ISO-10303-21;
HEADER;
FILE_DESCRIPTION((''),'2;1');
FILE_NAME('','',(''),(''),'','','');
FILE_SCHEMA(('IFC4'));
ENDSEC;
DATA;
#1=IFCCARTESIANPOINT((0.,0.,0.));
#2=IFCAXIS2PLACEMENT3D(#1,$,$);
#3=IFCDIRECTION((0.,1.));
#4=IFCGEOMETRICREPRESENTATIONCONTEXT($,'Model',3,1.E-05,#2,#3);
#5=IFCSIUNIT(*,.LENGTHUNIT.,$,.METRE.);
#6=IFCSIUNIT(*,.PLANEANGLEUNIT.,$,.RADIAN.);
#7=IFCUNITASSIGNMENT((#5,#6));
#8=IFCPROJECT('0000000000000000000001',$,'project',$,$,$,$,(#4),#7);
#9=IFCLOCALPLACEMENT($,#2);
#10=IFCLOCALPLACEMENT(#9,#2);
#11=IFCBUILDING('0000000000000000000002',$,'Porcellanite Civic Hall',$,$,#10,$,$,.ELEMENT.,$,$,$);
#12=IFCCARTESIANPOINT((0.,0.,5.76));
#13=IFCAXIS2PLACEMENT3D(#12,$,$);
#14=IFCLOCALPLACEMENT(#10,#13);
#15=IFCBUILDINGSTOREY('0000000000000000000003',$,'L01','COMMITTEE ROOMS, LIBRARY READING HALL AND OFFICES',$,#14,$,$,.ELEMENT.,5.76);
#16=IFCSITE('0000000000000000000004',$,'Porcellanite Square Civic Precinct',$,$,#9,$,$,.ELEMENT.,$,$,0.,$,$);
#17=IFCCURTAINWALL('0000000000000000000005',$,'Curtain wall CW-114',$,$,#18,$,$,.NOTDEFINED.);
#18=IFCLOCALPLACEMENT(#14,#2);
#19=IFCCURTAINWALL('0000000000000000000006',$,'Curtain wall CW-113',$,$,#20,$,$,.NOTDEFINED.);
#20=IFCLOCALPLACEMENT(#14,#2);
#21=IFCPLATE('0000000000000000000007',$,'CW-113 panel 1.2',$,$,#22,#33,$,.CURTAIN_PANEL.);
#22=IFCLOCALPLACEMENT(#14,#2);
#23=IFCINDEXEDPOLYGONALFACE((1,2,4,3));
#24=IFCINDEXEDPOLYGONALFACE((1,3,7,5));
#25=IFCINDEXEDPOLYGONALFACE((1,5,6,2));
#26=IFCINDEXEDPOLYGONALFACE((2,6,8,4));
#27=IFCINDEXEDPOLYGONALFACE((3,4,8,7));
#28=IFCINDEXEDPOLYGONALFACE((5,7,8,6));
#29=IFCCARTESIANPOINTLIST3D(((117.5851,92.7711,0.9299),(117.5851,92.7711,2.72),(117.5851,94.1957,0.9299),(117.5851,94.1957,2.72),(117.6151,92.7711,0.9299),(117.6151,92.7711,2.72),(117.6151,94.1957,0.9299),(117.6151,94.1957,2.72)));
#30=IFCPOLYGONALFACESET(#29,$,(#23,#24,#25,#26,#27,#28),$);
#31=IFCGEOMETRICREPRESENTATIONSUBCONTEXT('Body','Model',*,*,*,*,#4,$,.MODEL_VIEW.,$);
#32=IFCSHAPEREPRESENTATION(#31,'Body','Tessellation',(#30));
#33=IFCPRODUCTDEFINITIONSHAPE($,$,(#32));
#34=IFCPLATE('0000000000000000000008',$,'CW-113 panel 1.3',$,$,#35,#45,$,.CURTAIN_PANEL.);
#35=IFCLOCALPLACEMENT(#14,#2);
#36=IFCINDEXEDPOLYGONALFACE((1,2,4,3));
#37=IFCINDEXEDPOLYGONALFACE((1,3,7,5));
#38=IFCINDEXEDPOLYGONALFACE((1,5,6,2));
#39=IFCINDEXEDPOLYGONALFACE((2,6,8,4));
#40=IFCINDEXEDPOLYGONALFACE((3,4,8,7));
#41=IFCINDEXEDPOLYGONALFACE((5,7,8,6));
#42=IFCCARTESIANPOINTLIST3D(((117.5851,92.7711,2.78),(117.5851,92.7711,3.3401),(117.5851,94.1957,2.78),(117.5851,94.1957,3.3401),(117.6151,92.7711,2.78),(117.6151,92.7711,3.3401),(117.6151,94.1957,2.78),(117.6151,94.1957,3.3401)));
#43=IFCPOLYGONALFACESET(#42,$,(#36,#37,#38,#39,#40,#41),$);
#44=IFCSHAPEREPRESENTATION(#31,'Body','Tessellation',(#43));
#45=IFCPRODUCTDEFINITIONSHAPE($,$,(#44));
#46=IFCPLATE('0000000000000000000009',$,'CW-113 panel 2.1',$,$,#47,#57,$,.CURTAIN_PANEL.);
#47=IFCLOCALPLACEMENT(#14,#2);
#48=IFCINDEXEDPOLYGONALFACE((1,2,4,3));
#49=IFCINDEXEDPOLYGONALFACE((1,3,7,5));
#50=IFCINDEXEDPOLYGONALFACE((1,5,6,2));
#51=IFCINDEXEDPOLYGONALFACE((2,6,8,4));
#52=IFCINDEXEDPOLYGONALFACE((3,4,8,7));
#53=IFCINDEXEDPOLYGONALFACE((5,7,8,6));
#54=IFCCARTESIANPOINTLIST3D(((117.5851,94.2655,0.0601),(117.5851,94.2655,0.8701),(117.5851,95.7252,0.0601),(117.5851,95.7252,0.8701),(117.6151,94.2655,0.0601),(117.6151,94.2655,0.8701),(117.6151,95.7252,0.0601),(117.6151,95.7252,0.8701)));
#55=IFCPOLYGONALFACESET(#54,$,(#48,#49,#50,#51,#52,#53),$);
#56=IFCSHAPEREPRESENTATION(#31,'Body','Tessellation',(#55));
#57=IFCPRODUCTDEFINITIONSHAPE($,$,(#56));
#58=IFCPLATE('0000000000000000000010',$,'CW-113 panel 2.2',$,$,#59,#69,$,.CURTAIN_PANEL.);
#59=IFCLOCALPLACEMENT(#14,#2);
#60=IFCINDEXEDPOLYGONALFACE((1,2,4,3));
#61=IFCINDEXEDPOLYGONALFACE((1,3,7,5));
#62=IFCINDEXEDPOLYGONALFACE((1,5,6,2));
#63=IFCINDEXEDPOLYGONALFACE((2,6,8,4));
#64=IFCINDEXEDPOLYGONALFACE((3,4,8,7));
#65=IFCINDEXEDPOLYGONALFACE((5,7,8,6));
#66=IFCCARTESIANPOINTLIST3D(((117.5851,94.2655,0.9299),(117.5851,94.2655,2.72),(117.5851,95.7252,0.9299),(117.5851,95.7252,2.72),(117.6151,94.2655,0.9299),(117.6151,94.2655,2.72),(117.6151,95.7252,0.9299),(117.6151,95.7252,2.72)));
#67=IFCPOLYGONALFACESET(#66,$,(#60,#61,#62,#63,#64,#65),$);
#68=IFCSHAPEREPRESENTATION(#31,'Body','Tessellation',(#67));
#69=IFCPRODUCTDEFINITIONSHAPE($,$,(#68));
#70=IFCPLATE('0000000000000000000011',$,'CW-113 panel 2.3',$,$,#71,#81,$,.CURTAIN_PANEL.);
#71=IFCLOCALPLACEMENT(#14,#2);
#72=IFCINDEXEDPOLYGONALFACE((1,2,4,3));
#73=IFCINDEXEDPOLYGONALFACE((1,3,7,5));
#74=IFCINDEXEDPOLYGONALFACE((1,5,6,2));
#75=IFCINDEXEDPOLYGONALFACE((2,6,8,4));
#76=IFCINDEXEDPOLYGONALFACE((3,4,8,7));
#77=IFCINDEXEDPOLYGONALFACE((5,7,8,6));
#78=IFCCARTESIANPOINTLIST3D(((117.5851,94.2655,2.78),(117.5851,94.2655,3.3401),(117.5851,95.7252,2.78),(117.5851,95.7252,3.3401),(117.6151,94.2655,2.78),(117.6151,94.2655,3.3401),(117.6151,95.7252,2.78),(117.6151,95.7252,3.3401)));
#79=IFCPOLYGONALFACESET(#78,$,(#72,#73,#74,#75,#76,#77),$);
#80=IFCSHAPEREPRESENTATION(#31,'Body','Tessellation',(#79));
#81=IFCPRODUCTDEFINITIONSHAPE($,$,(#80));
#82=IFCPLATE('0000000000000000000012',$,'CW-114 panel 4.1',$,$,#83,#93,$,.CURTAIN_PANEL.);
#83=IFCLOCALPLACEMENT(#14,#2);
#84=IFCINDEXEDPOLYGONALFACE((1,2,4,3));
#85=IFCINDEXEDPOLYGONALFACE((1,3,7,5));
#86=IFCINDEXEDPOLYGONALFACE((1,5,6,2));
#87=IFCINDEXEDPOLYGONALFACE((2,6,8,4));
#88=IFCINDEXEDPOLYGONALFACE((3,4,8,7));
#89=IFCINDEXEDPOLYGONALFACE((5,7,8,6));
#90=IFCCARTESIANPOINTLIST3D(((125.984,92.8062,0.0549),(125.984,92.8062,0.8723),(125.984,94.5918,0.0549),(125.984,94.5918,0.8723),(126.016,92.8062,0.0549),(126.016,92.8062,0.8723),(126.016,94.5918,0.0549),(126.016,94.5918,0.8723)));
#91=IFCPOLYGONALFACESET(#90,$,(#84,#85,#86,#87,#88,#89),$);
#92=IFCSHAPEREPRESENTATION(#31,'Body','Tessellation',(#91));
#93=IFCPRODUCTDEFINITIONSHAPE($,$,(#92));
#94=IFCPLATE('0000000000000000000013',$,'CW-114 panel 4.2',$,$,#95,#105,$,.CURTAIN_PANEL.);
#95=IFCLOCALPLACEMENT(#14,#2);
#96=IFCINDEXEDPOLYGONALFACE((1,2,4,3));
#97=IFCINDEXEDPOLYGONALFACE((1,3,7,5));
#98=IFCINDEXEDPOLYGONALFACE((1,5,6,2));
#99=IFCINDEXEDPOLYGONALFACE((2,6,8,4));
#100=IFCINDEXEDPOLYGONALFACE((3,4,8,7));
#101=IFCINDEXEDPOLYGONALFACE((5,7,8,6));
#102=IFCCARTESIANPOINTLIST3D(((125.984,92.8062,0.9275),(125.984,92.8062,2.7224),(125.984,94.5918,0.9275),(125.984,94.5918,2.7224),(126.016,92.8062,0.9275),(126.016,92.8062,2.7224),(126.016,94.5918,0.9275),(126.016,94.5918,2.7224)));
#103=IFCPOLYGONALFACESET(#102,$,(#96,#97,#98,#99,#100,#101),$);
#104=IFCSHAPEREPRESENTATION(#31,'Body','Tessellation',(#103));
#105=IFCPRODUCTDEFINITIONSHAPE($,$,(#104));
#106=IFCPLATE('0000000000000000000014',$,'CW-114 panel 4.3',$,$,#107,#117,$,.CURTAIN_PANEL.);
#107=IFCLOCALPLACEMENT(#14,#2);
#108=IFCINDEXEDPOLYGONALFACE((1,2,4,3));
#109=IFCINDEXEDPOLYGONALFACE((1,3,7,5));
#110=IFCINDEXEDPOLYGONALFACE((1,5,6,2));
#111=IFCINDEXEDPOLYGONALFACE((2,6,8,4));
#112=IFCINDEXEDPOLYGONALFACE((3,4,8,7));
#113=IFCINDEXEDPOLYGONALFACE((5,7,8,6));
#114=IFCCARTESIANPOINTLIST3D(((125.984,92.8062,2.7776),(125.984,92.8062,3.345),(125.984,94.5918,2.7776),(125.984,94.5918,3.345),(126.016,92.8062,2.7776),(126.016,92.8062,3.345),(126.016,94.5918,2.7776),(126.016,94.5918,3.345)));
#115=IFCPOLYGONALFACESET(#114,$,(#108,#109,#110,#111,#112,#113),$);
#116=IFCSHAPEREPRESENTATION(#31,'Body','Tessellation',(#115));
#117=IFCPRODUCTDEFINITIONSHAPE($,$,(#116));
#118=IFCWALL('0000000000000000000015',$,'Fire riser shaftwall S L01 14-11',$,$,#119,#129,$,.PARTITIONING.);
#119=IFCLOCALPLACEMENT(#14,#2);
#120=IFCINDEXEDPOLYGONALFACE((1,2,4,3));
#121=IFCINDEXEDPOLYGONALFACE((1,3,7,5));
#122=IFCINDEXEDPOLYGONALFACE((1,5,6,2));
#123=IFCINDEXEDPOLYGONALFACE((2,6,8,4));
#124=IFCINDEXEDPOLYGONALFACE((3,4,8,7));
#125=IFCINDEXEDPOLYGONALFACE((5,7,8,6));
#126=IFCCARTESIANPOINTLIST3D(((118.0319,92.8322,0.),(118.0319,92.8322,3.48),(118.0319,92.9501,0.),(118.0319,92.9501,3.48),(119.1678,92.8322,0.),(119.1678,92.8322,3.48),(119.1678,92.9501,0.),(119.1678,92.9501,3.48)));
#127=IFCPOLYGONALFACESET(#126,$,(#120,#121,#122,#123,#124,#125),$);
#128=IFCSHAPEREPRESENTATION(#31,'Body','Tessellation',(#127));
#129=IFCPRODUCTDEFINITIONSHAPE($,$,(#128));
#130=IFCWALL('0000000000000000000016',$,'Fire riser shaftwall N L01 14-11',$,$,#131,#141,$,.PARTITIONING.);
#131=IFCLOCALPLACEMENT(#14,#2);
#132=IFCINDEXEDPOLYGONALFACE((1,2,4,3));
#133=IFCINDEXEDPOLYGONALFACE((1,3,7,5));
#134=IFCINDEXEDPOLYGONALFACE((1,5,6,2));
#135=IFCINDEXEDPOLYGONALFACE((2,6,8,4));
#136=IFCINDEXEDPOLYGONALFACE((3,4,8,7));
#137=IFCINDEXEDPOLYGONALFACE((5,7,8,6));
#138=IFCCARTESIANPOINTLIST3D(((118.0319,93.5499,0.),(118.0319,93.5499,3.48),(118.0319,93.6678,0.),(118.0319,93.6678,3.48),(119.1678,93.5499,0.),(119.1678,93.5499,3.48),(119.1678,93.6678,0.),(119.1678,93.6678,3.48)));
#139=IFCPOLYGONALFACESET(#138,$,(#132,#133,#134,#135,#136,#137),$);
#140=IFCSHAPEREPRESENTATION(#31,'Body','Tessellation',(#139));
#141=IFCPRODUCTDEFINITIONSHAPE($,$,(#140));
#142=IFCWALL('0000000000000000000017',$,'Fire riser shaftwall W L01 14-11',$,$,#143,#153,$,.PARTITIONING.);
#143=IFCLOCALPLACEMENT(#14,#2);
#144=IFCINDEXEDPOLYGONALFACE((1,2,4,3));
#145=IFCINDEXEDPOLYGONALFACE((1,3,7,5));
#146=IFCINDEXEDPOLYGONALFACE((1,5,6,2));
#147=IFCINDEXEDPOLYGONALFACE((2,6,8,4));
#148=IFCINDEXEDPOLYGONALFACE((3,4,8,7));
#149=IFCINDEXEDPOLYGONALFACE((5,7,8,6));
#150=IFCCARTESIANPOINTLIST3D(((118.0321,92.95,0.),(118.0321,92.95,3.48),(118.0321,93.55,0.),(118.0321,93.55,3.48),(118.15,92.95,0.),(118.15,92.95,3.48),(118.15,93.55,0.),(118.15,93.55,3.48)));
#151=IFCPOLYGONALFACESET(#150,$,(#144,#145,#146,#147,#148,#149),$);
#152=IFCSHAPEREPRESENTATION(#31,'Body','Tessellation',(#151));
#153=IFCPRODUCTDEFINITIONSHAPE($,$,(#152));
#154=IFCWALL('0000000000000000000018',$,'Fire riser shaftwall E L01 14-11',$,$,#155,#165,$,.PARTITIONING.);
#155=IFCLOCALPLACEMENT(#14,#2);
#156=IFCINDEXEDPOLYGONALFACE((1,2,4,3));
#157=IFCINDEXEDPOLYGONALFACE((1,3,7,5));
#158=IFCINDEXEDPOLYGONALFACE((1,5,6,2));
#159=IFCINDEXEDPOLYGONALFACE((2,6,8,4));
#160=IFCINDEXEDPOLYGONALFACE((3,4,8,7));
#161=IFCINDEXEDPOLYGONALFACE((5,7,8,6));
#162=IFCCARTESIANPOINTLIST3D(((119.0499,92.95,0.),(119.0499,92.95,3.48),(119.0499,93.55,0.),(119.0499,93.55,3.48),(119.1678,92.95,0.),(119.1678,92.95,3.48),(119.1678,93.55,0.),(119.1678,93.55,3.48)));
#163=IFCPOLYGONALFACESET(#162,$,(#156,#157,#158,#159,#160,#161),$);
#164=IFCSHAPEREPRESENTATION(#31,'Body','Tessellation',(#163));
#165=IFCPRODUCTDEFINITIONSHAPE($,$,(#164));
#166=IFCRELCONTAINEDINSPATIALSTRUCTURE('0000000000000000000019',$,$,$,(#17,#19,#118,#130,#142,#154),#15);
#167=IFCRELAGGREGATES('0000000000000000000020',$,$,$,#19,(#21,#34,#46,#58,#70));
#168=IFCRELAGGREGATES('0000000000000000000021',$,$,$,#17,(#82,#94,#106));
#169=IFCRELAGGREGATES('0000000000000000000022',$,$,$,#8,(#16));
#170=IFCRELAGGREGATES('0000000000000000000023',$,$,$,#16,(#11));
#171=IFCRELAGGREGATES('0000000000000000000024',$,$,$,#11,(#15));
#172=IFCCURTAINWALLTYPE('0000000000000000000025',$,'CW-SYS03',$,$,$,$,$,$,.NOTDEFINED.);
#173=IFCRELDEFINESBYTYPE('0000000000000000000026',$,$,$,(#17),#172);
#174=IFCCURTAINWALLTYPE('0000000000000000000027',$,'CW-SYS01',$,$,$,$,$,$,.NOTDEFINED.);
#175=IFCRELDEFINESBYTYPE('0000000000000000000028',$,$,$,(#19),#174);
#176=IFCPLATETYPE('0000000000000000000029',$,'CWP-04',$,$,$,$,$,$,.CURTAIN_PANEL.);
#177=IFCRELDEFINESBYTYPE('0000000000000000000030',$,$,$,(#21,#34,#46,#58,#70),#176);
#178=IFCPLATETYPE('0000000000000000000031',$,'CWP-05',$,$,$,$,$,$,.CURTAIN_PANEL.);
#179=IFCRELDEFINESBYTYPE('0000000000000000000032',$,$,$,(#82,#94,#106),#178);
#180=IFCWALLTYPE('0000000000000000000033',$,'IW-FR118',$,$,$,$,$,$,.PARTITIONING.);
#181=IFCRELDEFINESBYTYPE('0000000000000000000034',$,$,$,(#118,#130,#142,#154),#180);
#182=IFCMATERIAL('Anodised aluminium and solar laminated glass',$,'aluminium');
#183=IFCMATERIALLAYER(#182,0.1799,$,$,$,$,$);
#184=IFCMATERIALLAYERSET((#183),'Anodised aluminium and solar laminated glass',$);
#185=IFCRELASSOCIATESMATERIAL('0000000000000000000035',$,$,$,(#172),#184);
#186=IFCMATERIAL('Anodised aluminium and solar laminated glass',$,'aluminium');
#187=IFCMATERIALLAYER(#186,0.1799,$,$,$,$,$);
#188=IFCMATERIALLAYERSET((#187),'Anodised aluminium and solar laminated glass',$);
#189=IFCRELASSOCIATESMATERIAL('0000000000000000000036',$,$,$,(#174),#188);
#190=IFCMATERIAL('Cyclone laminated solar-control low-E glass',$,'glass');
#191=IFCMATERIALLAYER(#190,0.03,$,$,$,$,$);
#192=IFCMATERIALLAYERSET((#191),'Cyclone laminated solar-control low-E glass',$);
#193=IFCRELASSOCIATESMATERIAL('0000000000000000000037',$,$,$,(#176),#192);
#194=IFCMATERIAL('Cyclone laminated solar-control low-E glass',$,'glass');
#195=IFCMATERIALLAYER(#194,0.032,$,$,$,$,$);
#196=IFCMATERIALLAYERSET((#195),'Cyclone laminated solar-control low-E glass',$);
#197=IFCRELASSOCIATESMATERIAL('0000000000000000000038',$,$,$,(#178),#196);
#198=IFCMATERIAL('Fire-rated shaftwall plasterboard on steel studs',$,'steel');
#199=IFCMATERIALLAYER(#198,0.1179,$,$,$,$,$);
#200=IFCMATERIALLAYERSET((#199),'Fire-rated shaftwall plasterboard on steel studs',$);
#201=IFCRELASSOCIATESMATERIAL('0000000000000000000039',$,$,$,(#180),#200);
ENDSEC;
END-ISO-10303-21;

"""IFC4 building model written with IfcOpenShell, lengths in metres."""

from ifc_helpers import new_model, si_unit, direction, frame, frame_2d, origin, origin_2d, place, context, subcontext, project, spatial, rectangle, extrude, material, layer, layer_set, type_object, element, aggregate, save


model = new_model("IFC4")

# Units and contexts
model_context = context("Model", 3, precision=1e-05, world=origin(), true_north=direction((0.0, 1.0)))
body_context = subcontext(model_context, "Body", "Model", "MODEL_VIEW")
ifc_project = project(units=[si_unit("LENGTHUNIT", "METRE"), si_unit("PLANEANGLEUNIT", "RADIAN")], contexts=[model_context])

# Site, building, storey
site_placement = place(None, origin())
site = spatial("IfcSite", under=ifc_project, at=site_placement, Name="Porcellanite Square Civic Precinct", CompositionType="ELEMENT", RefElevation=0.0)
building_placement = place(site_placement, origin())
building = spatial("IfcBuilding", under=site, at=building_placement, Name="Porcellanite Civic Hall", CompositionType="ELEMENT")
storey_placement = place(building_placement, frame((0.0, 0.0, 5.76)))
storey = spatial("IfcBuildingStorey", under=building, at=storey_placement, Name="L01", Description="COMMITTEE ROOMS, LIBRARY READING HALL AND OFFICES", CompositionType="ELEMENT", Elevation=5.76)

# Curtain walls
ifc_material_1 = material(Name="Anodised aluminium and solar laminated glass", Category="aluminium")
ifc_layer_1 = layer(ifc_material_1, 0.1799)
ifc_layer_set_1 = layer_set([ifc_layer_1], Name="Anodised aluminium and solar laminated glass")
curtain_wall_type_1 = type_object("IfcCurtainWallType", Name="CW-SYS03", PredefinedType="NOTDEFINED", material=ifc_layer_set_1)
curtain_wall_1_placement = place(storey_placement, origin())
curtain_wall_1 = element("IfcCurtainWall", 1, at=curtain_wall_1_placement, inside=storey, type_object=curtain_wall_type_1, Name="Curtain wall CW-114", PredefinedType="NOTDEFINED")
ifc_material_2 = material(Name="Anodised aluminium and solar laminated glass", Category="aluminium")
ifc_layer_2 = layer(ifc_material_2, 0.1799)
ifc_layer_set_2 = layer_set([ifc_layer_2], Name="Anodised aluminium and solar laminated glass")
curtain_wall_type_2 = type_object("IfcCurtainWallType", Name="CW-SYS01", PredefinedType="NOTDEFINED", material=ifc_layer_set_2)
curtain_wall_2_placement = place(storey_placement, origin())
curtain_wall_2 = element("IfcCurtainWall", 2, at=curtain_wall_2_placement, inside=storey, type_object=curtain_wall_type_2, Name="Curtain wall CW-113", PredefinedType="NOTDEFINED")

# Plates
ifc_material_3 = material(Name="Cyclone laminated solar-control low-E glass", Category="glass")
ifc_layer_3 = layer(ifc_material_3, 0.03)
ifc_layer_set_3 = layer_set([ifc_layer_3], Name="Cyclone laminated solar-control low-E glass")
plate_type_1 = type_object("IfcPlateType", Name="CWP-04", PredefinedType="CURTAIN_PANEL", material=ifc_layer_set_3)
plate_1_placement = place(storey_placement, frame((117.6001, 93.4834, 0.9299), z_axis=(0.0, 0.0, 1.0), x_axis=(0.0, 1.0, 0.0)))
plate_1 = element("IfcPlate", 3, at=plate_1_placement, type_object=plate_type_1, Name="CW-113 panel 1.2", PredefinedType="CURTAIN_PANEL", context=body_context, shape_type="SweptSolid", body=[
    extrude(rectangle(XDim=1.4246, YDim=0.03, at=origin_2d()), origin(), (0.0, 0.0, 1.0), 1.79),
])
plate_2_placement = place(storey_placement, frame((117.6001, 93.4834, 2.78), z_axis=(0.0, 0.0, 1.0), x_axis=(0.0, 1.0, 0.0)))
plate_2 = element("IfcPlate", 4, at=plate_2_placement, type_object=plate_type_1, Name="CW-113 panel 1.3", PredefinedType="CURTAIN_PANEL", context=body_context, shape_type="SweptSolid", body=[
    extrude(rectangle(XDim=1.4246, YDim=0.03, at=origin_2d()), origin(), (0.0, 0.0, 1.0), 0.5601),
])
plate_3_placement = place(storey_placement, frame((117.6001, 94.9954, 0.0601), z_axis=(0.0, 0.0, 1.0), x_axis=(0.0, 1.0, 0.0)))
plate_3 = element("IfcPlate", 5, at=plate_3_placement, type_object=plate_type_1, Name="CW-113 panel 2.1", PredefinedType="CURTAIN_PANEL", context=body_context, shape_type="SweptSolid", body=[
    extrude(rectangle(XDim=1.4597, YDim=0.03, at=origin_2d()), origin(), (0.0, 0.0, 1.0), 0.8101),
])
plate_4_placement = place(storey_placement, frame((117.6001, 94.9954, 0.9299), z_axis=(0.0, 0.0, 1.0), x_axis=(0.0, 1.0, 0.0)))
plate_4 = element("IfcPlate", 6, at=plate_4_placement, type_object=plate_type_1, Name="CW-113 panel 2.2", PredefinedType="CURTAIN_PANEL", context=body_context, shape_type="SweptSolid", body=[
    extrude(rectangle(XDim=1.4597, YDim=0.03, at=origin_2d()), origin(), (0.0, 0.0, 1.0), 1.79),
])
plate_5_placement = place(storey_placement, frame((117.6001, 94.9954, 2.78), z_axis=(0.0, 0.0, 1.0), x_axis=(0.0, 1.0, 0.0)))
plate_5 = element("IfcPlate", 7, at=plate_5_placement, type_object=plate_type_1, Name="CW-113 panel 2.3", PredefinedType="CURTAIN_PANEL", context=body_context, shape_type="SweptSolid", body=[
    extrude(rectangle(XDim=1.4597, YDim=0.03, at=origin_2d()), origin(), (0.0, 0.0, 1.0), 0.5601),
])
aggregate(curtain_wall_2, [plate_1, plate_2, plate_3, plate_4, plate_5])
ifc_material_4 = material(Name="Cyclone laminated solar-control low-E glass", Category="glass")
ifc_layer_4 = layer(ifc_material_4, 0.032)
ifc_layer_set_4 = layer_set([ifc_layer_4], Name="Cyclone laminated solar-control low-E glass")
plate_type_2 = type_object("IfcPlateType", Name="CWP-05", PredefinedType="CURTAIN_PANEL", material=ifc_layer_set_4)
plate_6_placement = place(storey_placement, frame((126.0, 93.699, 0.0549), z_axis=(0.0, 0.0, 1.0), x_axis=(0.0, -1.0, 0.0)))
plate_6 = element("IfcPlate", 8, at=plate_6_placement, type_object=plate_type_2, Name="CW-114 panel 4.1", PredefinedType="CURTAIN_PANEL", context=body_context, shape_type="SweptSolid", body=[
    extrude(rectangle(XDim=1.7856, YDim=0.032, at=origin_2d()), origin(), (0.0, 0.0, 1.0), 0.8174),
])
plate_7_placement = place(storey_placement, frame((126.0, 93.699, 0.9275), z_axis=(0.0, 0.0, 1.0), x_axis=(0.0, -1.0, 0.0)))
plate_7 = element("IfcPlate", 9, at=plate_7_placement, type_object=plate_type_2, Name="CW-114 panel 4.2", PredefinedType="CURTAIN_PANEL", context=body_context, shape_type="SweptSolid", body=[
    extrude(rectangle(XDim=1.7856, YDim=0.032, at=origin_2d()), origin(), (0.0, 0.0, 1.0), 1.7949),
])
plate_8_placement = place(storey_placement, frame((126.0, 93.699, 2.7776), z_axis=(0.0, 0.0, 1.0), x_axis=(0.0, -1.0, 0.0)))
plate_8 = element("IfcPlate", 10, at=plate_8_placement, type_object=plate_type_2, Name="CW-114 panel 4.3", PredefinedType="CURTAIN_PANEL", context=body_context, shape_type="SweptSolid", body=[
    extrude(rectangle(XDim=1.7856, YDim=0.032, at=origin_2d()), origin(), (0.0, 0.0, 1.0), 0.5674),
])
aggregate(curtain_wall_1, [plate_6, plate_7, plate_8])

# Walls
ifc_material_5 = material(Name="Fire-rated shaftwall plasterboard on steel studs", Category="steel")
ifc_layer_5 = layer(ifc_material_5, 0.1179)
ifc_layer_set_5 = layer_set([ifc_layer_5], Name="Fire-rated shaftwall plasterboard on steel studs")
wall_type = type_object("IfcWallType", Name="IW-FR118", PredefinedType="PARTITIONING", material=ifc_layer_set_5)
for number, where, z_axis, x_axis, name in (
    (11, (118.032, 92.8911, 0.0), (0.0, 0.0, 1.0), (1.0, 0.0, 0.0), "Fire riser shaftwall S L01 14-11"),
    (12, (118.032, 93.6089, 0.0), (0.0, 0.0, 1.0), (1.0, 0.0, 0.0), "Fire riser shaftwall N L01 14-11"),
):
    element("IfcWall", number, at=place(storey_placement, frame(where, z_axis=z_axis, x_axis=x_axis)), inside=storey, type_object=wall_type, Name=name, PredefinedType="PARTITIONING", context=body_context, shape_type="SweptSolid", body=[
        extrude(rectangle(XDim=1.136, YDim=0.1179, at=frame_2d((0.5679, 0.0))), origin(), (0.0, 0.0, 1.0), 3.48),
    ])
for number, where, z_axis, x_axis, name in (
    (13, (118.0911, 92.95, 0.0), (0.0, 0.0, 1.0), (0.0, 1.0, 0.0), "Fire riser shaftwall W L01 14-11"),
    (14, (119.1089, 92.95, 0.0), (0.0, 0.0, 1.0), (0.0, 1.0, 0.0), "Fire riser shaftwall E L01 14-11"),
):
    element("IfcWall", number, at=place(storey_placement, frame(where, z_axis=z_axis, x_axis=x_axis)), inside=storey, type_object=wall_type, Name=name, PredefinedType="PARTITIONING", context=body_context, shape_type="SweptSolid", body=[
        extrude(rectangle(XDim=0.6001, YDim=0.1179, at=frame_2d((0.3, 0.0))), origin(), (0.0, 0.0, 1.0), 3.48),
    ])

save(model, "model.ifc")
